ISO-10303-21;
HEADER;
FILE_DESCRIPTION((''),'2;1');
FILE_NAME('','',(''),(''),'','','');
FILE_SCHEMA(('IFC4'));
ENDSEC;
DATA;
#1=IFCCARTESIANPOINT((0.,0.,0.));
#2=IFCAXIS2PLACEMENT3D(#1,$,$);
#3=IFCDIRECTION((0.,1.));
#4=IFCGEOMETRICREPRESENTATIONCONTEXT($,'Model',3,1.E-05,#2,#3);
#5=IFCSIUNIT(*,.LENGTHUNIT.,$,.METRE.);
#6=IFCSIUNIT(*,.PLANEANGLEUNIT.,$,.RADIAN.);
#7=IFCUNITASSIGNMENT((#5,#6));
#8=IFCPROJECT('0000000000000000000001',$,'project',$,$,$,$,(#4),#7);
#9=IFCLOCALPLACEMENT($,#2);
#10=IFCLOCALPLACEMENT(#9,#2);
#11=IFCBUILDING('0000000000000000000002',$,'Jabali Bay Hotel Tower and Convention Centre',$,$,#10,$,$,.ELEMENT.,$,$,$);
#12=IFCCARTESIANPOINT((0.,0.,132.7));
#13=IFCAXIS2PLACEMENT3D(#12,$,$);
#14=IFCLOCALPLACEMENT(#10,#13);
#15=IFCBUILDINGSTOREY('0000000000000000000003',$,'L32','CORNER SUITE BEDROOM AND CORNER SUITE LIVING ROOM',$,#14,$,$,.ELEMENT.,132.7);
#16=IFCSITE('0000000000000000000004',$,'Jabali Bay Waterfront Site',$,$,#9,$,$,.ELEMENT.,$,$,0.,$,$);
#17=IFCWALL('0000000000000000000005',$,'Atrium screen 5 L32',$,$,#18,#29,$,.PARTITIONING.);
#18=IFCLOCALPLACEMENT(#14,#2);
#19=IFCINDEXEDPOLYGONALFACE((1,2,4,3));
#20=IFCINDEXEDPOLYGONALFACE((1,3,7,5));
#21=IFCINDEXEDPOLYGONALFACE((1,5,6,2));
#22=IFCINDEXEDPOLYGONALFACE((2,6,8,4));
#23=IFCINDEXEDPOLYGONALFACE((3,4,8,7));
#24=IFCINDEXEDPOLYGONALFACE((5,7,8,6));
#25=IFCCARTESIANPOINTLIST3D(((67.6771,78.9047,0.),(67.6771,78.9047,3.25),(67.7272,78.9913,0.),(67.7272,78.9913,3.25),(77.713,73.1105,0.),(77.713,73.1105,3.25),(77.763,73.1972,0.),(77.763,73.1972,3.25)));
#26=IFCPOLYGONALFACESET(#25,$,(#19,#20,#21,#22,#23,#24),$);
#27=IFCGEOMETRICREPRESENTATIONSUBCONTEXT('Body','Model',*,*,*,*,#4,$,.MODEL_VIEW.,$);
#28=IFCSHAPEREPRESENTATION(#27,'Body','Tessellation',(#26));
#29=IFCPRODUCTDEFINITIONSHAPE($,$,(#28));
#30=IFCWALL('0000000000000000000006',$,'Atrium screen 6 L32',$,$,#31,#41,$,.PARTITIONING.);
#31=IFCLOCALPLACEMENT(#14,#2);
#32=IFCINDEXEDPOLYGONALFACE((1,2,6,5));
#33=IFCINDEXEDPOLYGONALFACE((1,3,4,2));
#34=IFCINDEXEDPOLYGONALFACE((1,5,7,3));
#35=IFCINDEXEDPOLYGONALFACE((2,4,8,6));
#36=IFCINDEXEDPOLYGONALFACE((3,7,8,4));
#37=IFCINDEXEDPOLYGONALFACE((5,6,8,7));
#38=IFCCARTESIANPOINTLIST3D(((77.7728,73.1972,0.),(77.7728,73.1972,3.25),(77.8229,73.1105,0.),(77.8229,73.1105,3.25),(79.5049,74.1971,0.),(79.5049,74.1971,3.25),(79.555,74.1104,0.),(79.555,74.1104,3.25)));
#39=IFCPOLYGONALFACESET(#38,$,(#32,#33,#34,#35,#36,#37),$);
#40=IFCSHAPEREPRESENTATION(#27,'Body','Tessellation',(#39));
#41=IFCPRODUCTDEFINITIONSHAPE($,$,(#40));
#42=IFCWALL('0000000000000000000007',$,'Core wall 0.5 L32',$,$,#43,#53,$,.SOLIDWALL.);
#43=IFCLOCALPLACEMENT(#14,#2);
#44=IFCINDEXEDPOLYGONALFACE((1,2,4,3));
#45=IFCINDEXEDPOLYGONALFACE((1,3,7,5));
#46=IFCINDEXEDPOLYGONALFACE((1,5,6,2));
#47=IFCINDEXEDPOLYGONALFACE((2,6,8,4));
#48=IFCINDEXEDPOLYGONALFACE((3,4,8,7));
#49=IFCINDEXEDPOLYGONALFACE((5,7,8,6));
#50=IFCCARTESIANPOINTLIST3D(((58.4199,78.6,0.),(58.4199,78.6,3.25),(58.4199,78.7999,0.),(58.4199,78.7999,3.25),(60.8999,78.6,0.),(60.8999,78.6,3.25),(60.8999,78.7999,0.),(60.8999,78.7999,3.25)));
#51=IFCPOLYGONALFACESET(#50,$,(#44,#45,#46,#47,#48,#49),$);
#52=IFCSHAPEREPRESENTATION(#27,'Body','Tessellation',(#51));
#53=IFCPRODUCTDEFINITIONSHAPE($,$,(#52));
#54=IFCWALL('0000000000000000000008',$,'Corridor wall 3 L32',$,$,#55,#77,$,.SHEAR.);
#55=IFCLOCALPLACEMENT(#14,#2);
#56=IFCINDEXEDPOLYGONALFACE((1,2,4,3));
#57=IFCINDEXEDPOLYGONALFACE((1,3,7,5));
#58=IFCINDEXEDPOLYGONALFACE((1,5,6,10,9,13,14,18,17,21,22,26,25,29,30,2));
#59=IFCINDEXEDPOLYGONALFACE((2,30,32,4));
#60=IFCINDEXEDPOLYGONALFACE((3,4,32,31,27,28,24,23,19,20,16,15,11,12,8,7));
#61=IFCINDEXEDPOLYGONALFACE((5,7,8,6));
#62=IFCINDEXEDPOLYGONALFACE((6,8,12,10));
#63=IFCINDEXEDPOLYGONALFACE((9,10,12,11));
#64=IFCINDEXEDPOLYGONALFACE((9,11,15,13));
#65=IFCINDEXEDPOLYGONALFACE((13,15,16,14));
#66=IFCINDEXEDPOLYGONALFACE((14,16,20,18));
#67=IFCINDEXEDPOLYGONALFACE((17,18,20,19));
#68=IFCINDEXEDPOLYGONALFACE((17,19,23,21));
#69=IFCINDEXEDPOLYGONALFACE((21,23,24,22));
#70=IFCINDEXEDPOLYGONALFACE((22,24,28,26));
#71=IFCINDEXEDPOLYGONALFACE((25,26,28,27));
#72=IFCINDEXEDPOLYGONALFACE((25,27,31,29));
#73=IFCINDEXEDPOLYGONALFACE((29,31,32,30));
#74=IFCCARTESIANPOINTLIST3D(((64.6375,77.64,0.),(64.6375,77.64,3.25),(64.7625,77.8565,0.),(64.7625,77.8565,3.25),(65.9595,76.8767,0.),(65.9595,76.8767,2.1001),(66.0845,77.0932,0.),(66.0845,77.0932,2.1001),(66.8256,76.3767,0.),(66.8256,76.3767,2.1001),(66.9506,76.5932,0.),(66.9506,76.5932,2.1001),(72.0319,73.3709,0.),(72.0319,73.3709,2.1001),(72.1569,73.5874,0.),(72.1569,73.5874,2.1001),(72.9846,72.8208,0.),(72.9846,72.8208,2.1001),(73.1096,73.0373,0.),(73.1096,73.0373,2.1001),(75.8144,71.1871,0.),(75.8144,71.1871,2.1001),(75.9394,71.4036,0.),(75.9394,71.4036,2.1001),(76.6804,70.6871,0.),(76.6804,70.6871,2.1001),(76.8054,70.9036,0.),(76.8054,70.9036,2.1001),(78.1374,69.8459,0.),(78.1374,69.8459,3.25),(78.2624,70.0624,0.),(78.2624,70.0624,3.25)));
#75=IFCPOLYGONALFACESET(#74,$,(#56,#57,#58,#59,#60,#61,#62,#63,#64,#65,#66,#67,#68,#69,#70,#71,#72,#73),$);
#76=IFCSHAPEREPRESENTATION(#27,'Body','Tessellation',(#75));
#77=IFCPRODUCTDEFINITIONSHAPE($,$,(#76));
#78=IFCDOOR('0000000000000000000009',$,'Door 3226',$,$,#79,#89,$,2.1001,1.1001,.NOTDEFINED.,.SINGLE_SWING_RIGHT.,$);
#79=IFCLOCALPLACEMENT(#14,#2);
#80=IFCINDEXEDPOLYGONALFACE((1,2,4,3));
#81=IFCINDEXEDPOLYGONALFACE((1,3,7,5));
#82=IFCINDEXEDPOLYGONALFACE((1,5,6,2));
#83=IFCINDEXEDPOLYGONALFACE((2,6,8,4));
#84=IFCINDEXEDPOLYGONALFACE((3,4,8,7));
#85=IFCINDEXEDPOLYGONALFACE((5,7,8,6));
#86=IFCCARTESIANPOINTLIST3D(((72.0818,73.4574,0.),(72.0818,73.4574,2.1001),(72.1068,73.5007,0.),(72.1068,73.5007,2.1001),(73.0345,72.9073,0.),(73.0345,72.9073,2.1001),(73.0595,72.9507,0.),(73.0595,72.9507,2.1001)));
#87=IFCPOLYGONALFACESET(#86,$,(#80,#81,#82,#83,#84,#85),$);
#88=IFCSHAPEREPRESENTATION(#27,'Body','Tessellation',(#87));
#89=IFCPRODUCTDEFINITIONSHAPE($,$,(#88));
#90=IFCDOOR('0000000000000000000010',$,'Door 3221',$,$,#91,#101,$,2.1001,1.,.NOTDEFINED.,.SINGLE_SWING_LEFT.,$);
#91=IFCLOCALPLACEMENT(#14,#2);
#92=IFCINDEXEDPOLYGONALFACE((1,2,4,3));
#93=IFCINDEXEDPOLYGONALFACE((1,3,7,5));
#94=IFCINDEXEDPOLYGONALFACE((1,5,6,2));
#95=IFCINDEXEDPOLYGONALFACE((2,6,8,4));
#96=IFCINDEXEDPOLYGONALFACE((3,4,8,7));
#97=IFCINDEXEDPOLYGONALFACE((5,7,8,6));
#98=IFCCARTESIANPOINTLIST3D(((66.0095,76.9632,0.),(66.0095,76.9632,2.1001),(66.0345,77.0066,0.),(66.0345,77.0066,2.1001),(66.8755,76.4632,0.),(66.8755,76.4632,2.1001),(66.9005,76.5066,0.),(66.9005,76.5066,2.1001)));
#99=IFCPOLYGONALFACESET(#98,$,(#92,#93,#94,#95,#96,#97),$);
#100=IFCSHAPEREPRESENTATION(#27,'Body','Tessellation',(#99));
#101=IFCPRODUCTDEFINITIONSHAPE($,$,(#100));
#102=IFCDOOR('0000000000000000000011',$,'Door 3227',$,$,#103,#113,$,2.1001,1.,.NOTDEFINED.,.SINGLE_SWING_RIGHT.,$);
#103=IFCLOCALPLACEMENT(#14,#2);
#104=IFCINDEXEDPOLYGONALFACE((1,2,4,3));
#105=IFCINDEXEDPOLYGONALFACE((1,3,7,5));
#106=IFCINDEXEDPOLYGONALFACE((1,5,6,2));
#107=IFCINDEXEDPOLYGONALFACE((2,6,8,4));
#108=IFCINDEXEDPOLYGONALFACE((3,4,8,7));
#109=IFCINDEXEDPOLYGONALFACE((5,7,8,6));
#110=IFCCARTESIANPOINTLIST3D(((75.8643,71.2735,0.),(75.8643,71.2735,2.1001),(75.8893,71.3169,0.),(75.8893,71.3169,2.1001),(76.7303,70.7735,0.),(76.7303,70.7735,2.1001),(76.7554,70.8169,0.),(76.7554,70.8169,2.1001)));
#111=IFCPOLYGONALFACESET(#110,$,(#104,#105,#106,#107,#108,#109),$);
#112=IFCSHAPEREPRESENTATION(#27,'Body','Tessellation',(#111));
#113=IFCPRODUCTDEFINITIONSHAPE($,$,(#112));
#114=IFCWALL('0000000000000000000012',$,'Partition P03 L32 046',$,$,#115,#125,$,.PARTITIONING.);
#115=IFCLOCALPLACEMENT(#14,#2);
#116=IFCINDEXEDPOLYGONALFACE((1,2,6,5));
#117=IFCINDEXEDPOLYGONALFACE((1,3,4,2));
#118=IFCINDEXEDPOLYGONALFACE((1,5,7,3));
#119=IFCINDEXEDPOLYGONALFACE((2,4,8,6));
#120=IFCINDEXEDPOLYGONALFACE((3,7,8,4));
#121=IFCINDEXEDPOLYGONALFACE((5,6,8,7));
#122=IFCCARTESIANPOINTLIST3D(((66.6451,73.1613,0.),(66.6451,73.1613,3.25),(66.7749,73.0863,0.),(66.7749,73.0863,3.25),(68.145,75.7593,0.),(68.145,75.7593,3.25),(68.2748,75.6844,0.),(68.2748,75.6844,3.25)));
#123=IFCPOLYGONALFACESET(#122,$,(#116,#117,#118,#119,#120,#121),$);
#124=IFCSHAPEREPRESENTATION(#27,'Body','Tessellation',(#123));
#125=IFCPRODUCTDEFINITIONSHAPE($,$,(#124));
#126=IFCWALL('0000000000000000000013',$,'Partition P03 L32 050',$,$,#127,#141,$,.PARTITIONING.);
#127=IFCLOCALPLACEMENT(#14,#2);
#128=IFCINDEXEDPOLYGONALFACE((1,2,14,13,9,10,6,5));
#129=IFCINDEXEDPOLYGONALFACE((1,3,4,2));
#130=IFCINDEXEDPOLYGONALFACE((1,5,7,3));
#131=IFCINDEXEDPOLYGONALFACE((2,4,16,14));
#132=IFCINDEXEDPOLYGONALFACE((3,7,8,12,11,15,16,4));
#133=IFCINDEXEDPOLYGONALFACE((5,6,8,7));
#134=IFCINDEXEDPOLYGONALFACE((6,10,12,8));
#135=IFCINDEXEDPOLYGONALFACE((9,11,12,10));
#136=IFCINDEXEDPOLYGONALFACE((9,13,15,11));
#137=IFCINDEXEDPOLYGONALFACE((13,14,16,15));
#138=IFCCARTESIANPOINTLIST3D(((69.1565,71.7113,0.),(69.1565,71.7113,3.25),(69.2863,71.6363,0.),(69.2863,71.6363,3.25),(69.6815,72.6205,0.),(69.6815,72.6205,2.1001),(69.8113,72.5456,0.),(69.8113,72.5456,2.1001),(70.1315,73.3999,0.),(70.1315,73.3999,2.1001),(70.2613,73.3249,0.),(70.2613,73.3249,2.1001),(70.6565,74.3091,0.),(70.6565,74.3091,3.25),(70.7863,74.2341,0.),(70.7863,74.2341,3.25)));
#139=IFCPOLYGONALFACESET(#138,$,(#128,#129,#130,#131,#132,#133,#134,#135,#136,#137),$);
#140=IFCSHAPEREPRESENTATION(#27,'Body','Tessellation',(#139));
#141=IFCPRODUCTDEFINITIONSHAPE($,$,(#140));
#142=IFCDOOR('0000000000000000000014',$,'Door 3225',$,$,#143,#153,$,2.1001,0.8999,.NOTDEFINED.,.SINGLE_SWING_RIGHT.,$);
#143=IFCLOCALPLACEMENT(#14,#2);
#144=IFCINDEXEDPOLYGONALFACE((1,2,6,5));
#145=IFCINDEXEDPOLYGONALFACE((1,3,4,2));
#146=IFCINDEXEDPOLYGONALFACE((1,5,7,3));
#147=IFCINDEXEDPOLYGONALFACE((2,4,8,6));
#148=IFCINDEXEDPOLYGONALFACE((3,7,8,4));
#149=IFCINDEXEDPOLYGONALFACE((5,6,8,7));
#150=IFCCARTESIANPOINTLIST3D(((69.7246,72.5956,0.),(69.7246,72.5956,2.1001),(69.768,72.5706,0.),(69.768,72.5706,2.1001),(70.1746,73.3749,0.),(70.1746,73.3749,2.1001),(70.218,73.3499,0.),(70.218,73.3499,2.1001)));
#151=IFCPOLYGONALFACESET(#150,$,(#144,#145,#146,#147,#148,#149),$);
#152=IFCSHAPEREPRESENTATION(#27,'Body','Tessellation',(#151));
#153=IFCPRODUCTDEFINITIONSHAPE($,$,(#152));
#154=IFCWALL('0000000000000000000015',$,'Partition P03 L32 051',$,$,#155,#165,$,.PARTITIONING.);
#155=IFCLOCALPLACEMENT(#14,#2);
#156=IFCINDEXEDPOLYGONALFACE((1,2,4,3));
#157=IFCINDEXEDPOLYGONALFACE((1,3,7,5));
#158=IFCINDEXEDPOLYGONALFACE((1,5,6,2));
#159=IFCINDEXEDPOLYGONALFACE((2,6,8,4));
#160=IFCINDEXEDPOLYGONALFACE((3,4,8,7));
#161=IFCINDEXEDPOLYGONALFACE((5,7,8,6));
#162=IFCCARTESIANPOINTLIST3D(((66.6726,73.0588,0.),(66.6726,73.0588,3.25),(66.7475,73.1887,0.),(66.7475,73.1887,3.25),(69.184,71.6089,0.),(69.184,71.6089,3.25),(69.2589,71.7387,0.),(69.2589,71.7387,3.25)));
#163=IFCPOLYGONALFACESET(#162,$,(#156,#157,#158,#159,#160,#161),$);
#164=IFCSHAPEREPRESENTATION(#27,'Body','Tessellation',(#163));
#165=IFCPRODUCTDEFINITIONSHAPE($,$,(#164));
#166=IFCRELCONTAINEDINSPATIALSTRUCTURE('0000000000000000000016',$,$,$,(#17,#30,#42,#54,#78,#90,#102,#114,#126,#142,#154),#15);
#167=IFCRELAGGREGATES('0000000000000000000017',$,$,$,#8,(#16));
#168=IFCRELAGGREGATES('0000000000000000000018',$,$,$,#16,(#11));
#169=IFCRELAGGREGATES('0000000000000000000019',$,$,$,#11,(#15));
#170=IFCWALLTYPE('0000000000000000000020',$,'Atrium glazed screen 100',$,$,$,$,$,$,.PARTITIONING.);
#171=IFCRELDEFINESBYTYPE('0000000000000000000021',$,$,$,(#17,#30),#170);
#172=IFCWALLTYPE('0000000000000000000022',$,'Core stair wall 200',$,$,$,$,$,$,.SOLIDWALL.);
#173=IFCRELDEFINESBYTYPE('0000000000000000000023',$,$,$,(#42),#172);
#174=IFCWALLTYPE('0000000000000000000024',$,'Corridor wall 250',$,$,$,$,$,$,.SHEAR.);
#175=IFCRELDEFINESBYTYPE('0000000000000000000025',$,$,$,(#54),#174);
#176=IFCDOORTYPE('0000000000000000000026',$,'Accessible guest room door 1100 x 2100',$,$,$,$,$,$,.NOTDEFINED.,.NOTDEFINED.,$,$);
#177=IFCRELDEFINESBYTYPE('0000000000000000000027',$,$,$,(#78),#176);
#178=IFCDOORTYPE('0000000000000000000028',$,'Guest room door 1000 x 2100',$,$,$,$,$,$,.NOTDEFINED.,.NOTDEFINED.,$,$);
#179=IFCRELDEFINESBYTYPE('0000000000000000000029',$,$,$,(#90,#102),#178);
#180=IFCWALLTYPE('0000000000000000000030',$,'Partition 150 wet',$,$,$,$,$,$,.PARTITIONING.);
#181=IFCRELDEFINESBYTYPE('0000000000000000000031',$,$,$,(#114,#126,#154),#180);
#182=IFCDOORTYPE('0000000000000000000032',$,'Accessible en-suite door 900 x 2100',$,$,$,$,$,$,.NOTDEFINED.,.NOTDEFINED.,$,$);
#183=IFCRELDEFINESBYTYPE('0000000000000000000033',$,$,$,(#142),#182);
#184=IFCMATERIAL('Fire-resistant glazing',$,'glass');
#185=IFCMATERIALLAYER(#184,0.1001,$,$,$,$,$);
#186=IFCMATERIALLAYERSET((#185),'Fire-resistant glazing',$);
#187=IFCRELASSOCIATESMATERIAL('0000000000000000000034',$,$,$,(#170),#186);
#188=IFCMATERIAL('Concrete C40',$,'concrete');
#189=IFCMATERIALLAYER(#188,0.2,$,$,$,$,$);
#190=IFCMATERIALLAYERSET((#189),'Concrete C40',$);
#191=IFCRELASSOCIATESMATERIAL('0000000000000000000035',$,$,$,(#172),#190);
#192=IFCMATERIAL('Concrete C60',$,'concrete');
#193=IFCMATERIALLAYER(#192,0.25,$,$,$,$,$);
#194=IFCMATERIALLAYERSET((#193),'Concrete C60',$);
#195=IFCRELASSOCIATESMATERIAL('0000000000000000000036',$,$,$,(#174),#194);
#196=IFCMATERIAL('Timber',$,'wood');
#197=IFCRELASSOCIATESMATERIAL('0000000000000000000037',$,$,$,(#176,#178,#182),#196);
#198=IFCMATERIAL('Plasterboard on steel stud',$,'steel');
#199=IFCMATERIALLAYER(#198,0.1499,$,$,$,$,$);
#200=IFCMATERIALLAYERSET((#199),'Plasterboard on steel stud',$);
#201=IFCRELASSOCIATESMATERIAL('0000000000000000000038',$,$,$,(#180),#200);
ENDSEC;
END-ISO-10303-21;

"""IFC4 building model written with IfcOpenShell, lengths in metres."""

from ifc_helpers import new_model, si_unit, direction, frame, frame_2d, origin, place, context, subcontext, project, spatial, rectangle, extrude, material, layer, layer_set, type_object, element, fill, save


model = new_model("IFC4")

# Units and contexts
model_context = context("Model", 3, precision=1e-05, world=origin(), true_north=direction((0.0, 1.0)))
body_context = subcontext(model_context, "Body", "Model", "MODEL_VIEW")
ifc_project = project(units=[si_unit("LENGTHUNIT", "METRE"), si_unit("PLANEANGLEUNIT", "RADIAN")], contexts=[model_context])

# Site, building, storey
site_placement = place(None, origin())
site = spatial("IfcSite", under=ifc_project, at=site_placement, Name="Jabali Bay Waterfront Site", CompositionType="ELEMENT", RefElevation=0.0)
building_placement = place(site_placement, origin())
building = spatial("IfcBuilding", under=site, at=building_placement, Name="Jabali Bay Hotel Tower and Convention Centre", CompositionType="ELEMENT")
storey_placement = place(building_placement, frame((0.0, 0.0, 132.7)))
storey = spatial("IfcBuildingStorey", under=building, at=storey_placement, Name="L32", Description="CORNER SUITE BEDROOM AND CORNER SUITE LIVING ROOM", CompositionType="ELEMENT", Elevation=132.7)

# Walls
ifc_material_1 = material(Name="Fire-resistant glazing", Category="glass")
ifc_layer_1 = layer(ifc_material_1, 0.1001)
ifc_layer_set_1 = layer_set([ifc_layer_1], Name="Fire-resistant glazing")
wall_type_1 = type_object("IfcWallType", Name="Atrium glazed screen 100", PredefinedType="PARTITIONING", material=ifc_layer_set_1)
wall_1_placement = place(storey_placement, frame((67.7021, 78.948, 0.0), z_axis=(0.0, 0.0, 1.0), x_axis=(0.866027, -0.499998, 0.0)))
element("IfcWall", 1, at=wall_1_placement, inside=storey, type_object=wall_type_1, Name="Atrium screen 5 L32", PredefinedType="PARTITIONING", context=body_context, shape_type="SweptSolid", body=[
    extrude(rectangle(XDim=11.5884, YDim=0.1001, at=frame_2d((5.7942, 0.0))), origin(), (0.0, 0.0, 1.0), 3.25),
])
wall_2_placement = place(storey_placement, frame((77.7979, 73.1538, 0.0), z_axis=(0.0, 0.0, 1.0), x_axis=(0.866041, 0.499973, 0.0)))
element("IfcWall", 2, at=wall_2_placement, inside=storey, type_object=wall_type_1, Name="Atrium screen 6 L32", PredefinedType="PARTITIONING", context=body_context, shape_type="SweptSolid", body=[
    extrude(rectangle(XDim=2.0, YDim=0.1001, at=frame_2d((1.0, 0.0))), origin(), (0.0, 0.0, 1.0), 3.25),
])
ifc_material_2 = material(Name="Concrete C40", Category="concrete")
ifc_layer_2 = layer(ifc_material_2, 0.2)
ifc_layer_set_2 = layer_set([ifc_layer_2], Name="Concrete C40")
wall_type_2 = type_object("IfcWallType", Name="Core stair wall 200", PredefinedType="SOLIDWALL", material=ifc_layer_set_2)
wall_3_placement = place(storey_placement, frame((60.8999, 78.7, 0.0), z_axis=(0.0, 0.0, 1.0), x_axis=(-1.0, 0.0, 0.0)))
element("IfcWall", 3, at=wall_3_placement, inside=storey, type_object=wall_type_2, Name="Core wall 0.5 L32", PredefinedType="SOLIDWALL", context=body_context, shape_type="SweptSolid", body=[
    extrude(rectangle(XDim=2.48, YDim=0.2, at=frame_2d((1.24, 0.0))), origin(), (0.0, 0.0, 1.0), 3.25),
])

# Wall, openings, doors
ifc_material_3 = material(Name="Concrete C60", Category="concrete")
ifc_layer_3 = layer(ifc_material_3, 0.25)
ifc_layer_set_3 = layer_set([ifc_layer_3], Name="Concrete C60")
wall_type_3 = type_object("IfcWallType", Name="Corridor wall 250", PredefinedType="SHEAR", material=ifc_layer_set_3)
wall_4_placement = place(storey_placement, frame((64.7, 77.7483, 0.0), z_axis=(0.0, 0.0, 1.0), x_axis=(0.866026, -0.499998, 0.0)))
wall_4 = element("IfcWall", 4, at=wall_4_placement, inside=storey, type_object=wall_type_3, Name="Corridor wall 3 L32", PredefinedType="SHEAR", context=body_context, shape_type="SweptSolid", body=[
    extrude(rectangle(XDim=15.5884, YDim=0.25, at=frame_2d((7.7942, 0.0))), origin(), (0.0, 0.0, 1.0), 3.25),
])
opening_1_placement = place(wall_4_placement, frame((1.5266, 0.0, 0.0)))
opening_1 = element("IfcOpeningElement", 5, at=opening_1_placement, cuts=wall_4, PredefinedType="OPENING", context=body_context, shape_type="SweptSolid", body=[
    extrude(rectangle(XDim=1.0, YDim=2.1001, at=frame_2d((0.5, 1.05))), frame((0.0, 0.1355, 0.0), z_axis=(0.0, -1.0, 0.0), x_axis=(1.0, 0.0, 0.0)), (0.0, 0.0, 1.0), 0.271),
])
opening_2_placement = place(wall_4_placement, frame((8.5383, 0.0, 0.0)))
opening_2 = element("IfcOpeningElement", 6, at=opening_2_placement, cuts=wall_4, PredefinedType="OPENING", context=body_context, shape_type="SweptSolid", body=[
    extrude(rectangle(XDim=1.1001, YDim=2.1001, at=frame_2d((0.55, 1.05))), frame((0.0, 0.1355, 0.0), z_axis=(0.0, -1.0, 0.0), x_axis=(1.0, 0.0, 0.0)), (0.0, 0.0, 1.0), 0.271),
])
opening_3_placement = place(wall_4_placement, frame((12.906, 0.0, 0.0)))
opening_3 = element("IfcOpeningElement", 7, at=opening_3_placement, cuts=wall_4, PredefinedType="OPENING", context=body_context, shape_type="SweptSolid", body=[
    extrude(rectangle(XDim=1.0, YDim=2.1001, at=frame_2d((0.5, 1.05))), frame((0.0, 0.1355, 0.0), z_axis=(0.0, -1.0, 0.0), x_axis=(1.0, 0.0, 0.0)), (0.0, 0.0, 1.0), 0.271),
])
ifc_material_4 = material(Name="Timber", Category="wood")
door_type_1 = type_object("IfcDoorType", Name="Accessible guest room door 1100 x 2100", OperationType="NOTDEFINED", PredefinedType="NOTDEFINED", material=ifc_material_4)
door_1_placement = place(opening_2_placement, origin())
door_1 = element("IfcDoor", 8, at=door_1_placement, inside=storey, type_object=door_type_1, Name="Door 3226", OperationType="SINGLE_SWING_RIGHT", OverallHeight=2.1001, OverallWidth=1.1001, PredefinedType="NOTDEFINED", context=body_context, shape_type="SweptSolid", body=[
    extrude(rectangle(XDim=1.1001, YDim=2.1001, at=frame_2d((0.55, 1.05))), frame((0.0, 0.0249, 0.0), z_axis=(0.0, -1.0, 0.0), x_axis=(1.0, 0.0, 0.0)), (0.0, 0.0, 1.0), 0.05),
])
fill(opening_2, door_1)
door_type_2 = type_object("IfcDoorType", Name="Guest room door 1000 x 2100", OperationType="NOTDEFINED", PredefinedType="NOTDEFINED", material=ifc_material_4)
door_2_placement = place(opening_1_placement, origin())
door_2 = element("IfcDoor", 9, at=door_2_placement, inside=storey, type_object=door_type_2, Name="Door 3221", OperationType="SINGLE_SWING_LEFT", OverallHeight=2.1001, OverallWidth=1.0, PredefinedType="NOTDEFINED", context=body_context, shape_type="SweptSolid", body=[
    extrude(rectangle(XDim=1.0, YDim=2.1001, at=frame_2d((0.5, 1.05))), frame((0.0, 0.0249, 0.0), z_axis=(0.0, -1.0, 0.0), x_axis=(1.0, 0.0, 0.0)), (0.0, 0.0, 1.0), 0.05),
])
fill(opening_1, door_2)
door_3_placement = place(opening_3_placement, origin())
door_3 = element("IfcDoor", 10, at=door_3_placement, inside=storey, type_object=door_type_2, Name="Door 3227", OperationType="SINGLE_SWING_RIGHT", OverallHeight=2.1001, OverallWidth=1.0, PredefinedType="NOTDEFINED", context=body_context, shape_type="SweptSolid", body=[
    extrude(rectangle(XDim=1.0, YDim=2.1001, at=frame_2d((0.5, 1.05))), frame((0.0, 0.0249, 0.0), z_axis=(0.0, -1.0, 0.0), x_axis=(1.0, 0.0, 0.0)), (0.0, 0.0, 1.0), 0.05),
])
fill(opening_3, door_3)

# Wall
ifc_material_5 = material(Name="Plasterboard on steel stud", Category="steel")
ifc_layer_4 = layer(ifc_material_5, 0.1499)
ifc_layer_set_4 = layer_set([ifc_layer_4], Name="Plasterboard on steel stud")
wall_type_4 = type_object("IfcWallType", Name="Partition 150 wet", PredefinedType="PARTITIONING", material=ifc_layer_set_4)
wall_5_placement = place(storey_placement, frame((66.71, 73.1238, 0.0), z_axis=(0.0, 0.0, 1.0), x_axis=(0.49999, 0.866031, 0.0)))
element("IfcWall", 11, at=wall_5_placement, inside=storey, type_object=wall_type_4, Name="Partition P03 L32 046", PredefinedType="PARTITIONING", context=body_context, shape_type="SweptSolid", body=[
    extrude(rectangle(XDim=3.0, YDim=0.1499, at=frame_2d((1.5, 0.0))), origin(), (0.0, 0.0, 1.0), 3.25),
])

# Wall, opening, door
wall_6_placement = place(storey_placement, frame((70.7214, 74.2717, 0.0), z_axis=(0.0, 0.0, 1.0), x_axis=(-0.500025, -0.866011, 0.0)))
wall_6 = element("IfcWall", 12, at=wall_6_placement, inside=storey, type_object=wall_type_4, Name="Partition P03 L32 050", PredefinedType="PARTITIONING", context=body_context, shape_type="SweptSolid", body=[
    extrude(rectangle(XDim=2.9998, YDim=0.1499, at=frame_2d((1.5, 0.0))), origin(), (0.0, 0.0, 1.0), 3.25),
])
opening_4_placement = place(wall_6_placement, frame((1.05, 0.0, 0.0)))
opening_4 = element("IfcOpeningElement", 13, at=opening_4_placement, cuts=wall_6, PredefinedType="OPENING", context=body_context, shape_type="SweptSolid", body=[
    extrude(rectangle(XDim=0.8999, YDim=2.1001, at=frame_2d((0.45, 1.05))), frame((0.0, 0.0854, 0.0), z_axis=(0.0, -1.0, 0.0), x_axis=(1.0, 0.0, 0.0)), (0.0, 0.0, 1.0), 0.1709),
])
door_type_3 = type_object("IfcDoorType", Name="Accessible en-suite door 900 x 2100", OperationType="NOTDEFINED", PredefinedType="NOTDEFINED", material=ifc_material_4)
door_4_placement = place(opening_4_placement, origin())
door_4 = element("IfcDoor", 14, at=door_4_placement, inside=storey, type_object=door_type_3, Name="Door 3225", OperationType="SINGLE_SWING_RIGHT", OverallHeight=2.1001, OverallWidth=0.8999, PredefinedType="NOTDEFINED", context=body_context, shape_type="SweptSolid", body=[
    extrude(rectangle(XDim=0.8999, YDim=2.1001, at=frame_2d((0.45, 1.05))), frame((0.0, 0.0249, 0.0), z_axis=(0.0, -1.0, 0.0), x_axis=(1.0, 0.0, 0.0)), (0.0, 0.0, 1.0), 0.05),
])
fill(opening_4, door_4)

# Wall
wall_7_placement = place(storey_placement, frame((69.2214, 71.6738, 0.0), z_axis=(0.0, 0.0, 1.0), x_axis=(-0.866033, 0.499987, 0.0)))
element("IfcWall", 15, at=wall_7_placement, inside=storey, type_object=wall_type_4, Name="Partition P03 L32 051", PredefinedType="PARTITIONING", context=body_context, shape_type="SweptSolid", body=[
    extrude(rectangle(XDim=2.8999, YDim=0.1499, at=frame_2d((1.45, 0.0))), origin(), (0.0, 0.0, 1.0), 3.25),
])

save(model, "model.ifc")
